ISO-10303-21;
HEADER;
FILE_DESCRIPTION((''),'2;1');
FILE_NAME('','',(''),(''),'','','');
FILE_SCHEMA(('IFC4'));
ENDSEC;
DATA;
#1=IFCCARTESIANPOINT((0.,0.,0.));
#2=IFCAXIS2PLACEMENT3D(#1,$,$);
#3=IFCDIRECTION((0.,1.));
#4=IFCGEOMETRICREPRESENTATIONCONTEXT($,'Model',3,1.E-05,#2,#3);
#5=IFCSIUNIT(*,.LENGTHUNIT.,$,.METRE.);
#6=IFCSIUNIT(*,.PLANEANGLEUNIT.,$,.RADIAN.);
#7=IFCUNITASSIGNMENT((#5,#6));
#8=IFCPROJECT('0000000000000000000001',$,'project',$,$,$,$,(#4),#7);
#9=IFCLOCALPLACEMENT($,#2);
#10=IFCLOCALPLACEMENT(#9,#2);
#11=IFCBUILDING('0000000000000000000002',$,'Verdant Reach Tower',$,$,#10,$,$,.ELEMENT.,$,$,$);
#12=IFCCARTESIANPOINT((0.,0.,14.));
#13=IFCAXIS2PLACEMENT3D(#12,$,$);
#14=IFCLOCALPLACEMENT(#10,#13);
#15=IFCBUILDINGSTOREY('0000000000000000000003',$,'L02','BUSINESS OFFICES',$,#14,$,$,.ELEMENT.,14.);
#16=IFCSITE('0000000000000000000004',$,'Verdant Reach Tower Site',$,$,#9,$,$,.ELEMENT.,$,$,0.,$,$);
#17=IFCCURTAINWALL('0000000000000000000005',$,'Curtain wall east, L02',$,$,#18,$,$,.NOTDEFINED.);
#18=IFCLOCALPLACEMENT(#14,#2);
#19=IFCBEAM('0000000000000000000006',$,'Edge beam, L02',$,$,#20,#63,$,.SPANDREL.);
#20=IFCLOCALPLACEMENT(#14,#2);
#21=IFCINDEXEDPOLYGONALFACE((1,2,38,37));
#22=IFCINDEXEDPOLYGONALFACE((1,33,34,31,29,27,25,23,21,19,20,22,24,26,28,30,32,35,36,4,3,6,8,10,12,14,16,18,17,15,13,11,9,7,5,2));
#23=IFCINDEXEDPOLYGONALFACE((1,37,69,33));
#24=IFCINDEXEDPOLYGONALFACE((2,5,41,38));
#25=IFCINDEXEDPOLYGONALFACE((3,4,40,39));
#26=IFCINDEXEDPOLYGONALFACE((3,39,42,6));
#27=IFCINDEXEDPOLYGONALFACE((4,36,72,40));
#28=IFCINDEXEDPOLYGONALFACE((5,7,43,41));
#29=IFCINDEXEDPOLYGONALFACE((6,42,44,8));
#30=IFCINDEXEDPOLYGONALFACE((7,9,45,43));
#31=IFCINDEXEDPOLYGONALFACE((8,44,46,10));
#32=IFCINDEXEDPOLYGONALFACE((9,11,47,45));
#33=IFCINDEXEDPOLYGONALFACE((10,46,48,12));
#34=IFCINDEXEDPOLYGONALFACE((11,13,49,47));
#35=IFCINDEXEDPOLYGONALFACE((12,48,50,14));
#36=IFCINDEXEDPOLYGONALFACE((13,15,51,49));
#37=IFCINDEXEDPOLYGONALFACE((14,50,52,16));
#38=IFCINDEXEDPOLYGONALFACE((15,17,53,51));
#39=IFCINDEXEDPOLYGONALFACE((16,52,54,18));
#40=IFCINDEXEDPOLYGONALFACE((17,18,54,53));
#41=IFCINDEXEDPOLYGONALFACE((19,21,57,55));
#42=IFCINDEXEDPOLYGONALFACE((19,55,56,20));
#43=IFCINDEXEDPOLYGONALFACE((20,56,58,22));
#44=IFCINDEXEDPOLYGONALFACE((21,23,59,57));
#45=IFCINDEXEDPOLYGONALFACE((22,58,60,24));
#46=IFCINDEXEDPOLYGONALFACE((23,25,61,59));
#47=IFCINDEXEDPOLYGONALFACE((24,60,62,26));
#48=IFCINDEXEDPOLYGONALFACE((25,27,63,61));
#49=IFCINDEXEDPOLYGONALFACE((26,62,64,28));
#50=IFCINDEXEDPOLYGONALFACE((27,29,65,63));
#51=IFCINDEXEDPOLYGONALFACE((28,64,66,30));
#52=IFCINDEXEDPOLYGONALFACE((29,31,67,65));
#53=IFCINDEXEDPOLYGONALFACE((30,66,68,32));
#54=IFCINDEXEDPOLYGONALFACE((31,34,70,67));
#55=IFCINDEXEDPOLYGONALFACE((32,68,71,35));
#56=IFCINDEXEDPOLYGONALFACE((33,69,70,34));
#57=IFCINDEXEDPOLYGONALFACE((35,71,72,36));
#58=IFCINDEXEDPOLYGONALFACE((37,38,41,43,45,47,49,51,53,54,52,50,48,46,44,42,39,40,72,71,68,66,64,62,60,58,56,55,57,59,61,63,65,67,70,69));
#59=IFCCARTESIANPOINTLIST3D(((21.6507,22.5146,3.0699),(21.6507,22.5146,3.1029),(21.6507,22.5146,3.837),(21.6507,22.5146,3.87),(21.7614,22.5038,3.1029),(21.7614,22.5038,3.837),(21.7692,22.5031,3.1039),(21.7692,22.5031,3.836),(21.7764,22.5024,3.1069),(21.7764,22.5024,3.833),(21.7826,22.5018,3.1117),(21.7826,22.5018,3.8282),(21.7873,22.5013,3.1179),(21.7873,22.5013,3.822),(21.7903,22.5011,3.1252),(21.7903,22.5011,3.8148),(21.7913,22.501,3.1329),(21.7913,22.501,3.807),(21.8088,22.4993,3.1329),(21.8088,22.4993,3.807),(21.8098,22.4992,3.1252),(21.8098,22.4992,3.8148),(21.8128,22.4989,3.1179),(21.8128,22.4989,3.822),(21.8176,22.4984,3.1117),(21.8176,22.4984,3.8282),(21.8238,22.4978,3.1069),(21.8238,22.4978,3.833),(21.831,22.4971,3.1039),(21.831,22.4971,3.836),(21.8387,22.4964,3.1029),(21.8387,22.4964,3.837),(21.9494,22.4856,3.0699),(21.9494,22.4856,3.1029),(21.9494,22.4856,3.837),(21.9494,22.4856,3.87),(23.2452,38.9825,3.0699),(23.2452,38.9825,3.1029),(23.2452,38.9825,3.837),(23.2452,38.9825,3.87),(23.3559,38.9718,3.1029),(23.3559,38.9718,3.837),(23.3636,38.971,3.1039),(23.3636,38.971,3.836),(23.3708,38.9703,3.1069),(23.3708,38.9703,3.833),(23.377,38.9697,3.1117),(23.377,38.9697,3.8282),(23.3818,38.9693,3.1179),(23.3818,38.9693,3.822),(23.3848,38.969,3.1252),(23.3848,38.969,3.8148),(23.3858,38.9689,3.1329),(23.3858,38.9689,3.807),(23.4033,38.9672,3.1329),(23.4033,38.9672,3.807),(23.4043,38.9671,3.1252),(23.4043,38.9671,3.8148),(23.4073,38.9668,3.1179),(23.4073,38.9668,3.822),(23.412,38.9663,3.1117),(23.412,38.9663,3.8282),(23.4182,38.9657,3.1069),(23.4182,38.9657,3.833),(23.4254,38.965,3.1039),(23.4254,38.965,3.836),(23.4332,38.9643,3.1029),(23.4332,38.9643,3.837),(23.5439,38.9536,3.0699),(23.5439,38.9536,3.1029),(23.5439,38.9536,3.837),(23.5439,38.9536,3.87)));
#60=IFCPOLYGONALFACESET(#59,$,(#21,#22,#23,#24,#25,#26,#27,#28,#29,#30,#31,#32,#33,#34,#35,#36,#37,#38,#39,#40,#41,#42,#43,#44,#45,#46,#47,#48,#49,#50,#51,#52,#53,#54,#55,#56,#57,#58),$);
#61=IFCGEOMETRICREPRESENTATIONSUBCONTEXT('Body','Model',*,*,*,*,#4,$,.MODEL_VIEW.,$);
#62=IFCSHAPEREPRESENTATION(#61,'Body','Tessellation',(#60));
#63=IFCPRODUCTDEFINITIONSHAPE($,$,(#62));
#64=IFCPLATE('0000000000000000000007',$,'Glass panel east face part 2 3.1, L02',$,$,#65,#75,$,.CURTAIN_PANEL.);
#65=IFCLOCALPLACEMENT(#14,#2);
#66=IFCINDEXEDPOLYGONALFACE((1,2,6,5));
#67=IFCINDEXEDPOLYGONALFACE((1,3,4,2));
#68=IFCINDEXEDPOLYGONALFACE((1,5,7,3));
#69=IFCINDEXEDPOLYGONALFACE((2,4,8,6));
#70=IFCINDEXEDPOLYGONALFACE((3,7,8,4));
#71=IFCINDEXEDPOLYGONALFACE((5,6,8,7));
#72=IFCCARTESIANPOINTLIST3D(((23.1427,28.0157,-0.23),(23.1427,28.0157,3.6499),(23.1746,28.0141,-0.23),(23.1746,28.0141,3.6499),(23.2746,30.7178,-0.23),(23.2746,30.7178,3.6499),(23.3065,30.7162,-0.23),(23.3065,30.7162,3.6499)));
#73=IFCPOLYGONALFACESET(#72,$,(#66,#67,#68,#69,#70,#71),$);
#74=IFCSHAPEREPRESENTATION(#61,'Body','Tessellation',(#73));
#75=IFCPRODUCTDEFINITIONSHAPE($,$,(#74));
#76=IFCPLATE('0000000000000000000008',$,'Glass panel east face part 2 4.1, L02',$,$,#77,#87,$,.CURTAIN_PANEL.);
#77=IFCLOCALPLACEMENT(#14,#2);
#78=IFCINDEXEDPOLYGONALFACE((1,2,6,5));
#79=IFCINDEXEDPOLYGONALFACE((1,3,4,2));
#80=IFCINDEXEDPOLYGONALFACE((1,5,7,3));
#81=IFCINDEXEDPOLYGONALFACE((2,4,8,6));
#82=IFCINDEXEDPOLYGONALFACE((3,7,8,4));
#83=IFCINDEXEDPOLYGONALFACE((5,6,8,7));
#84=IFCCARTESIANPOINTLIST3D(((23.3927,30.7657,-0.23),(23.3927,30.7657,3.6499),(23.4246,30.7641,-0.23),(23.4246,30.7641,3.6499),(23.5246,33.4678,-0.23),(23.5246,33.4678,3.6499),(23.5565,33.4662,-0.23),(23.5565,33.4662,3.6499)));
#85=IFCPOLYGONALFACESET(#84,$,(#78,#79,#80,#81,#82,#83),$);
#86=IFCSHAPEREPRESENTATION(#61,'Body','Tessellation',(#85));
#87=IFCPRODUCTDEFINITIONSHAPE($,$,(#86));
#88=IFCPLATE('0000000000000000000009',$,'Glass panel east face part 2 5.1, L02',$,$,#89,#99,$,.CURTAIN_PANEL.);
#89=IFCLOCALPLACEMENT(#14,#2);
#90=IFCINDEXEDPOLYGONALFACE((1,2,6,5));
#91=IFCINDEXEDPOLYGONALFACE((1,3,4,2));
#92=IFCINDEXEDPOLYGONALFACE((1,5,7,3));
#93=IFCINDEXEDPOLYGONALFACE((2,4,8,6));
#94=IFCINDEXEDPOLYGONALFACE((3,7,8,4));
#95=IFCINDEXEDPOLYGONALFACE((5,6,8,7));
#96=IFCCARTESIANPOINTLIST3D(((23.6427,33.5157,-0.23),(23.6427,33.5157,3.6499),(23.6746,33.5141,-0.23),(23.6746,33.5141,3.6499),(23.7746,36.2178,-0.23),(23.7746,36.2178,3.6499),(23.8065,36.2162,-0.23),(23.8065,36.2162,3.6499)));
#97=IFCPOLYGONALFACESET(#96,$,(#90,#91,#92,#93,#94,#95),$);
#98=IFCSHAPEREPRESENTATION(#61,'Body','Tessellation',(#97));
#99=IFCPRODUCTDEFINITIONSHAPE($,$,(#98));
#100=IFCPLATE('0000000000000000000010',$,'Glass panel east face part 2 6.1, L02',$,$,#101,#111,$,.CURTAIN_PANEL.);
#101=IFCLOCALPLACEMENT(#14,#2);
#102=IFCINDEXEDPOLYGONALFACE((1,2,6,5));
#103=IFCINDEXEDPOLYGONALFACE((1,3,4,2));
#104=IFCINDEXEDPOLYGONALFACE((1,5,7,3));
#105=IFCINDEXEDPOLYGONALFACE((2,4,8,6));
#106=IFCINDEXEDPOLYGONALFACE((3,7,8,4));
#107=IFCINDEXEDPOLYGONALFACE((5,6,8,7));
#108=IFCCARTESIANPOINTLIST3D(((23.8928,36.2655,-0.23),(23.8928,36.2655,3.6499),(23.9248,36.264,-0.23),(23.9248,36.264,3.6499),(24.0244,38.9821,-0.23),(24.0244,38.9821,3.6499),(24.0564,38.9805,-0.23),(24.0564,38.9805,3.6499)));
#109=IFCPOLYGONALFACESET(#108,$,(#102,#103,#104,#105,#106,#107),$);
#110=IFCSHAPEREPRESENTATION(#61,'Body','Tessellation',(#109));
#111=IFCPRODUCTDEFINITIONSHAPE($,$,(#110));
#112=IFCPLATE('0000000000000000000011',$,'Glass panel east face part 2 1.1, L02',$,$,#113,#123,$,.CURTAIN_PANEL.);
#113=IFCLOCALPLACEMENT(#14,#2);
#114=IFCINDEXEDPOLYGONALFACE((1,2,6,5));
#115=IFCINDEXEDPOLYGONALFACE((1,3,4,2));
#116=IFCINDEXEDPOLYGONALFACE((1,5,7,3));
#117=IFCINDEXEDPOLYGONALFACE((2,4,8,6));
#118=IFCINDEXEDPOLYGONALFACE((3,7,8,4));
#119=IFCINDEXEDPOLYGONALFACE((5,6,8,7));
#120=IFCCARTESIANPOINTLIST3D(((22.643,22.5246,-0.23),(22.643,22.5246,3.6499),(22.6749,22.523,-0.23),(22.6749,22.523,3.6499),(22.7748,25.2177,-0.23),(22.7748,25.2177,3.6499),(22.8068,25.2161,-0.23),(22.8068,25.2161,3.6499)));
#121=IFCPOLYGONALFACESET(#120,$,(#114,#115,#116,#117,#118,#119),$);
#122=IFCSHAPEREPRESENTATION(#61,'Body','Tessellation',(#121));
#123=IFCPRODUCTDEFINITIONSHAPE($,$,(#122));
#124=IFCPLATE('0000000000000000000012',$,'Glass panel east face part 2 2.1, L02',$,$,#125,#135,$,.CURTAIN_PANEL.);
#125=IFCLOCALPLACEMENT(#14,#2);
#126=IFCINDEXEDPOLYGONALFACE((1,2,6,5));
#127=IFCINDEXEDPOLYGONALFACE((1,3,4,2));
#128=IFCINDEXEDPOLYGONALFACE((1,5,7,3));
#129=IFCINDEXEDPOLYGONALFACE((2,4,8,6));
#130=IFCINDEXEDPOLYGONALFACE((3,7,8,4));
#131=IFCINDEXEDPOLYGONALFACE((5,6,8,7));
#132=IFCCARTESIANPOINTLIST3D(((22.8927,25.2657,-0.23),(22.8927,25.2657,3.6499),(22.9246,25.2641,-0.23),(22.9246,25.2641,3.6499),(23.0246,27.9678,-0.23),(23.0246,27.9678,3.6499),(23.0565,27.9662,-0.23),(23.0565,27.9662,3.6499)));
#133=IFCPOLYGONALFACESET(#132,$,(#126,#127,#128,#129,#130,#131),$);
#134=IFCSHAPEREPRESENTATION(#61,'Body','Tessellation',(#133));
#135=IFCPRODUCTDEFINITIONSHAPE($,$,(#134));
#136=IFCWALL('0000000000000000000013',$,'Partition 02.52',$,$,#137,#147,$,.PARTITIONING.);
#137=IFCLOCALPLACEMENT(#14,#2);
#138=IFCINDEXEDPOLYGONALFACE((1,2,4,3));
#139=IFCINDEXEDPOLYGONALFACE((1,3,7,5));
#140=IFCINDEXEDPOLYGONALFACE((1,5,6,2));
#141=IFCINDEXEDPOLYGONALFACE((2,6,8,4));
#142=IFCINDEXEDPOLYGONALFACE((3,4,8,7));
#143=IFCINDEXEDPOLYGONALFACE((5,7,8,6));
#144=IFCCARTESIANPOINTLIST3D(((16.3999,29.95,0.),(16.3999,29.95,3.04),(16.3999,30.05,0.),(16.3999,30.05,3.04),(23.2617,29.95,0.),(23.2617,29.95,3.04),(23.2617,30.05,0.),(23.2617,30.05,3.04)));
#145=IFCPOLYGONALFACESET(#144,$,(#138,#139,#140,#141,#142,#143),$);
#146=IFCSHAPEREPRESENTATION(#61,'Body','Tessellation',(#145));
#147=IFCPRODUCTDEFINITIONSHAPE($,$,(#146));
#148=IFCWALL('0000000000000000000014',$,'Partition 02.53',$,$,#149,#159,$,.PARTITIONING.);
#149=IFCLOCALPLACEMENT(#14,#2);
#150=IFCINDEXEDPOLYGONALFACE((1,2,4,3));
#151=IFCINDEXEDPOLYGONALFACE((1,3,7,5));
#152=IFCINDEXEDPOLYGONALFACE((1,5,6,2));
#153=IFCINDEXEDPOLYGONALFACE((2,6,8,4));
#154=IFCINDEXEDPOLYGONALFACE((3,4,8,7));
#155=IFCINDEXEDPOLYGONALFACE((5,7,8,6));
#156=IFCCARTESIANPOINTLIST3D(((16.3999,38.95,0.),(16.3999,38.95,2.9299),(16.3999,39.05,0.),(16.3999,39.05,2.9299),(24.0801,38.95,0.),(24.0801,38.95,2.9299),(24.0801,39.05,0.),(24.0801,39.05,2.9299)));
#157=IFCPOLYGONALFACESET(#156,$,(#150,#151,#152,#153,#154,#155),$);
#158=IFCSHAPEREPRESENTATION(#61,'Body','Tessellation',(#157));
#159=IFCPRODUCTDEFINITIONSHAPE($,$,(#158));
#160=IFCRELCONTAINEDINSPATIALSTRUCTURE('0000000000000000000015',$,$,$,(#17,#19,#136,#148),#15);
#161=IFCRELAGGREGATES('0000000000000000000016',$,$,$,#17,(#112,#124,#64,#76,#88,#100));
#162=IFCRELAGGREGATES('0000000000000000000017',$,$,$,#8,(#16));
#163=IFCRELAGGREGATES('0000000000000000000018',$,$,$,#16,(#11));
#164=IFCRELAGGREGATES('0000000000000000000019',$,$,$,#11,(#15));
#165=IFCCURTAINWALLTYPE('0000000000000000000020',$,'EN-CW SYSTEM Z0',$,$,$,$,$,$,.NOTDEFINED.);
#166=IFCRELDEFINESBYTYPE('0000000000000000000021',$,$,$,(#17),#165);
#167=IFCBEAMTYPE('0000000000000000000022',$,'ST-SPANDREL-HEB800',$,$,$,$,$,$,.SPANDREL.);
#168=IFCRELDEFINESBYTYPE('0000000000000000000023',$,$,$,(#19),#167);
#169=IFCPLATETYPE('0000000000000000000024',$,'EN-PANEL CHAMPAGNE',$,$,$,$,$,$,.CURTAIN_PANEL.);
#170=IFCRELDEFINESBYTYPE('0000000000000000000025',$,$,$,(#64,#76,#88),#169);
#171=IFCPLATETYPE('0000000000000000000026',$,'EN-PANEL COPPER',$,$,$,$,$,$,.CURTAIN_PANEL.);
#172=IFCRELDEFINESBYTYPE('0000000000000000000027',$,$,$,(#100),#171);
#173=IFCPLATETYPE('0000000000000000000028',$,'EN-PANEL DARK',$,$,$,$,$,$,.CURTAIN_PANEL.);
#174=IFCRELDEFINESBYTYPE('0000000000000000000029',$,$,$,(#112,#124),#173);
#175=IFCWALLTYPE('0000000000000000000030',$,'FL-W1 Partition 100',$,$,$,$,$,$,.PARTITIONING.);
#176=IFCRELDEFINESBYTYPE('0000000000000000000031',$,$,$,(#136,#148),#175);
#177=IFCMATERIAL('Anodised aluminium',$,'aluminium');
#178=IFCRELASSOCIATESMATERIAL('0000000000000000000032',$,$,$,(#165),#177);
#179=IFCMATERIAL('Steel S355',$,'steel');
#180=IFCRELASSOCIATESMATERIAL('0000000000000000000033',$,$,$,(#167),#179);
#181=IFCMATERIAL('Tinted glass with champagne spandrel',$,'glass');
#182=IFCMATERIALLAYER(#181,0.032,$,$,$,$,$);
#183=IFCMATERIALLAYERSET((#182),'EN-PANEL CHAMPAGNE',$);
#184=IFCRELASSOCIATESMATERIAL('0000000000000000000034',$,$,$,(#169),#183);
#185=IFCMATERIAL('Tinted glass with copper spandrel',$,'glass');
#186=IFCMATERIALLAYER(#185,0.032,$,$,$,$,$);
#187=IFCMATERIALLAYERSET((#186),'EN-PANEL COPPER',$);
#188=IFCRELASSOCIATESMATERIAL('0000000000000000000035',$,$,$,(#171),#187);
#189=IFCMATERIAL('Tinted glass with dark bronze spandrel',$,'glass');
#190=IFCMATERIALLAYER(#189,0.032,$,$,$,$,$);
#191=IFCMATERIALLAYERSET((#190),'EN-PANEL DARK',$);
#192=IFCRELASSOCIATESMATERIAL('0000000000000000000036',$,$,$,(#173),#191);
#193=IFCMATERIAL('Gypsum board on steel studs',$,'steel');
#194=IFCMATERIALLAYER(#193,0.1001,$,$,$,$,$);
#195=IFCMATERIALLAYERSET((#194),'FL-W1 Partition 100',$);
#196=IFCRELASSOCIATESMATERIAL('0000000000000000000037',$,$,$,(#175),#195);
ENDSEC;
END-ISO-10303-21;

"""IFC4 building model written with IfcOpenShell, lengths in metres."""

from ifc_helpers import new_model, si_unit, direction, frame, frame_2d, origin, origin_2d, place, context, subcontext, project, spatial, rectangle, i_section, extrude, material, layer, layer_set, material_profile, profile_set, type_object, element, aggregate, save


model = new_model("IFC4")

# Units and contexts
model_context = context("Model", 3, precision=1e-05, world=origin(), true_north=direction((0.0, 1.0)))
body_context = subcontext(model_context, "Body", "Model", "MODEL_VIEW")
ifc_project = project(units=[si_unit("LENGTHUNIT", "METRE"), si_unit("PLANEANGLEUNIT", "RADIAN")], contexts=[model_context])

# Site, building, storey
site_placement = place(None, origin())
site = spatial("IfcSite", under=ifc_project, at=site_placement, Name="Verdant Reach Tower Site", CompositionType="ELEMENT", RefElevation=0.0)
building_placement = place(site_placement, origin())
building = spatial("IfcBuilding", under=site, at=building_placement, Name="Verdant Reach Tower", CompositionType="ELEMENT")
storey_placement = place(building_placement, frame((0.0, 0.0, 14.0)))
storey = spatial("IfcBuildingStorey", under=building, at=storey_placement, Name="L02", Description="BUSINESS OFFICES", CompositionType="ELEMENT", Elevation=14.0)

# Curtain wall
ifc_material_1 = material(Name="Anodised aluminium", Category="aluminium")
curtain_wall_type = type_object("IfcCurtainWallType", Name="EN-CW SYSTEM Z0", PredefinedType="NOTDEFINED", material=ifc_material_1)
curtain_wall_placement = place(storey_placement, origin())
curtain_wall = element("IfcCurtainWall", 1, at=curtain_wall_placement, inside=storey, type_object=curtain_wall_type, Name="Curtain wall east, L02", PredefinedType="NOTDEFINED")

# Beam
ifc_material_2 = material(Name="Steel S355", Category="steel")
ifc_material_profile_1 = material_profile(ifc_material_2, i_section(OverallWidth=0.3, OverallDepth=0.8, WebThickness=0.0176, FlangeThickness=0.033, FilletRadius=0.03, at=origin_2d()), Name="HEB 800")
ifc_profile_set_1 = profile_set([ifc_material_profile_1], Name="Steel S355")
beam_type_1 = type_object("IfcBeamType", Name="ST-SPANDREL-HEB800", PredefinedType="SPANDREL", material=ifc_profile_set_1)
beam_1_placement = place(storey_placement, frame((23.3945, 38.968, 3.47), z_axis=(-0.096372, -0.995345, 0.0), x_axis=(0.995345, -0.096372, 0.0)))
element("IfcBeam", 2, at=beam_1_placement, inside=storey, type_object=beam_type_1, Name="Edge beam, L02", PredefinedType="SPANDREL", context=body_context, shape_type="SweptSolid", body=[
    extrude(i_section(OverallWidth=0.3, OverallDepth=0.8, WebThickness=0.0176, FlangeThickness=0.033, FilletRadius=0.03, at=origin_2d()), origin(), (0.0, 0.0, 1.0), 16.5449),
])

# Plates
ifc_material_3 = material(Name="Tinted glass with champagne spandrel", Category="glass")
ifc_layer_1 = layer(ifc_material_3, 0.032)
ifc_layer_set_1 = layer_set([ifc_layer_1], Name="EN-PANEL CHAMPAGNE")
plate_type_1 = type_object("IfcPlateType", Name="EN-PANEL CHAMPAGNE", PredefinedType="CURTAIN_PANEL", material=ifc_layer_set_1)
plate_1_placement = place(storey_placement, frame((23.2246, 29.366, -0.23), z_axis=(0.0, 0.0, 1.0), x_axis=(0.048753, 0.998811, 0.0)))
plate_1 = element("IfcPlate", 3, at=plate_1_placement, type_object=plate_type_1, Name="Glass panel east face part 2 3.1, L02", PredefinedType="CURTAIN_PANEL", context=body_context, shape_type="SweptSolid", body=[
    extrude(rectangle(XDim=2.7053, YDim=0.032, at=origin_2d()), origin(), (0.0, 0.0, 1.0), 3.8799),
])
plate_2_placement = place(storey_placement, frame((23.4746, 32.116, -0.23), z_axis=(0.0, 0.0, 1.0), x_axis=(0.048753, 0.998811, 0.0)))
plate_2 = element("IfcPlate", 4, at=plate_2_placement, type_object=plate_type_1, Name="Glass panel east face part 2 4.1, L02", PredefinedType="CURTAIN_PANEL", context=body_context, shape_type="SweptSolid", body=[
    extrude(rectangle(XDim=2.7053, YDim=0.032, at=origin_2d()), origin(), (0.0, 0.0, 1.0), 3.8799),
])
plate_3_placement = place(storey_placement, frame((23.7246, 34.866, -0.23), z_axis=(0.0, 0.0, 1.0), x_axis=(0.048753, 0.998811, 0.0)))
plate_3 = element("IfcPlate", 5, at=plate_3_placement, type_object=plate_type_1, Name="Glass panel east face part 2 5.1, L02", PredefinedType="CURTAIN_PANEL", context=body_context, shape_type="SweptSolid", body=[
    extrude(rectangle(XDim=2.7053, YDim=0.032, at=origin_2d()), origin(), (0.0, 0.0, 1.0), 3.8799),
])
ifc_material_4 = material(Name="Tinted glass with copper spandrel", Category="glass")
ifc_layer_2 = layer(ifc_material_4, 0.032)
ifc_layer_set_2 = layer_set([ifc_layer_2], Name="EN-PANEL COPPER")
plate_type_2 = type_object("IfcPlateType", Name="EN-PANEL COPPER", PredefinedType="CURTAIN_PANEL", material=ifc_layer_set_2)
plate_4_placement = place(storey_placement, frame((23.9746, 37.623, -0.23), z_axis=(0.0, 0.0, 1.0), x_axis=(0.048383, 0.998829, 0.0)))
plate_4 = element("IfcPlate", 6, at=plate_4_placement, type_object=plate_type_2, Name="Glass panel east face part 2 6.1, L02", PredefinedType="CURTAIN_PANEL", context=body_context, shape_type="SweptSolid", body=[
    extrude(rectangle(XDim=2.7197, YDim=0.032, at=origin_2d()), origin(), (0.0, 0.0, 1.0), 3.8799),
])
ifc_material_5 = material(Name="Tinted glass with dark bronze spandrel", Category="glass")
ifc_layer_3 = layer(ifc_material_5, 0.032)
ifc_layer_set_3 = layer_set([ifc_layer_3], Name="EN-PANEL DARK")
plate_type_3 = type_object("IfcPlateType", Name="EN-PANEL DARK", PredefinedType="CURTAIN_PANEL", material=ifc_layer_set_3)
plate_5_placement = place(storey_placement, frame((22.7249, 23.8704, -0.23), z_axis=(0.0, 0.0, 1.0), x_axis=(0.048902, 0.998804, 0.0)))
plate_5 = element("IfcPlate", 7, at=plate_5_placement, type_object=plate_type_3, Name="Glass panel east face part 2 1.1, L02", PredefinedType="CURTAIN_PANEL", context=body_context, shape_type="SweptSolid", body=[
    extrude(rectangle(XDim=2.6963, YDim=0.032, at=origin_2d()), origin(), (0.0, 0.0, 1.0), 3.8799),
])
plate_6_placement = place(storey_placement, frame((22.9746, 26.616, -0.23), z_axis=(0.0, 0.0, 1.0), x_axis=(0.048753, 0.998811, 0.0)))
plate_6 = element("IfcPlate", 8, at=plate_6_placement, type_object=plate_type_3, Name="Glass panel east face part 2 2.1, L02", PredefinedType="CURTAIN_PANEL", context=body_context, shape_type="SweptSolid", body=[
    extrude(rectangle(XDim=2.7053, YDim=0.032, at=origin_2d()), origin(), (0.0, 0.0, 1.0), 3.8799),
])
aggregate(curtain_wall, [plate_5, plate_6, plate_1, plate_2, plate_3, plate_4])

# Walls
ifc_material_6 = material(Name="Gypsum board on steel studs", Category="steel")
ifc_layer_4 = layer(ifc_material_6, 0.1001)
ifc_layer_set_4 = layer_set([ifc_layer_4], Name="FL-W1 Partition 100")
wall_type_1 = type_object("IfcWallType", Name="FL-W1 Partition 100", PredefinedType="PARTITIONING", material=ifc_layer_set_4)
wall_1_placement = place(storey_placement, frame((23.2617, 30.0, 0.0), z_axis=(0.0, 0.0, 1.0), x_axis=(-1.0, 0.0, 0.0)))
element("IfcWall", 9, at=wall_1_placement, inside=storey, type_object=wall_type_1, Name="Partition 02.52", PredefinedType="PARTITIONING", context=body_context, shape_type="SweptSolid", body=[
    extrude(rectangle(XDim=6.8618, YDim=0.1001, at=frame_2d((3.4309, 0.0))), origin(), (0.0, 0.0, 1.0), 3.04),
])
wall_2_placement = place(storey_placement, frame((24.0801, 39.0, 0.0), z_axis=(0.0, 0.0, 1.0), x_axis=(-1.0, 0.0, 0.0)))
element("IfcWall", 10, at=wall_2_placement, inside=storey, type_object=wall_type_1, Name="Partition 02.53", PredefinedType="PARTITIONING", context=body_context, shape_type="SweptSolid", body=[
    extrude(rectangle(XDim=7.6802, YDim=0.1001, at=frame_2d((3.8401, 0.0))), origin(), (0.0, 0.0, 1.0), 2.9299),
])

save(model, "model.ifc")
